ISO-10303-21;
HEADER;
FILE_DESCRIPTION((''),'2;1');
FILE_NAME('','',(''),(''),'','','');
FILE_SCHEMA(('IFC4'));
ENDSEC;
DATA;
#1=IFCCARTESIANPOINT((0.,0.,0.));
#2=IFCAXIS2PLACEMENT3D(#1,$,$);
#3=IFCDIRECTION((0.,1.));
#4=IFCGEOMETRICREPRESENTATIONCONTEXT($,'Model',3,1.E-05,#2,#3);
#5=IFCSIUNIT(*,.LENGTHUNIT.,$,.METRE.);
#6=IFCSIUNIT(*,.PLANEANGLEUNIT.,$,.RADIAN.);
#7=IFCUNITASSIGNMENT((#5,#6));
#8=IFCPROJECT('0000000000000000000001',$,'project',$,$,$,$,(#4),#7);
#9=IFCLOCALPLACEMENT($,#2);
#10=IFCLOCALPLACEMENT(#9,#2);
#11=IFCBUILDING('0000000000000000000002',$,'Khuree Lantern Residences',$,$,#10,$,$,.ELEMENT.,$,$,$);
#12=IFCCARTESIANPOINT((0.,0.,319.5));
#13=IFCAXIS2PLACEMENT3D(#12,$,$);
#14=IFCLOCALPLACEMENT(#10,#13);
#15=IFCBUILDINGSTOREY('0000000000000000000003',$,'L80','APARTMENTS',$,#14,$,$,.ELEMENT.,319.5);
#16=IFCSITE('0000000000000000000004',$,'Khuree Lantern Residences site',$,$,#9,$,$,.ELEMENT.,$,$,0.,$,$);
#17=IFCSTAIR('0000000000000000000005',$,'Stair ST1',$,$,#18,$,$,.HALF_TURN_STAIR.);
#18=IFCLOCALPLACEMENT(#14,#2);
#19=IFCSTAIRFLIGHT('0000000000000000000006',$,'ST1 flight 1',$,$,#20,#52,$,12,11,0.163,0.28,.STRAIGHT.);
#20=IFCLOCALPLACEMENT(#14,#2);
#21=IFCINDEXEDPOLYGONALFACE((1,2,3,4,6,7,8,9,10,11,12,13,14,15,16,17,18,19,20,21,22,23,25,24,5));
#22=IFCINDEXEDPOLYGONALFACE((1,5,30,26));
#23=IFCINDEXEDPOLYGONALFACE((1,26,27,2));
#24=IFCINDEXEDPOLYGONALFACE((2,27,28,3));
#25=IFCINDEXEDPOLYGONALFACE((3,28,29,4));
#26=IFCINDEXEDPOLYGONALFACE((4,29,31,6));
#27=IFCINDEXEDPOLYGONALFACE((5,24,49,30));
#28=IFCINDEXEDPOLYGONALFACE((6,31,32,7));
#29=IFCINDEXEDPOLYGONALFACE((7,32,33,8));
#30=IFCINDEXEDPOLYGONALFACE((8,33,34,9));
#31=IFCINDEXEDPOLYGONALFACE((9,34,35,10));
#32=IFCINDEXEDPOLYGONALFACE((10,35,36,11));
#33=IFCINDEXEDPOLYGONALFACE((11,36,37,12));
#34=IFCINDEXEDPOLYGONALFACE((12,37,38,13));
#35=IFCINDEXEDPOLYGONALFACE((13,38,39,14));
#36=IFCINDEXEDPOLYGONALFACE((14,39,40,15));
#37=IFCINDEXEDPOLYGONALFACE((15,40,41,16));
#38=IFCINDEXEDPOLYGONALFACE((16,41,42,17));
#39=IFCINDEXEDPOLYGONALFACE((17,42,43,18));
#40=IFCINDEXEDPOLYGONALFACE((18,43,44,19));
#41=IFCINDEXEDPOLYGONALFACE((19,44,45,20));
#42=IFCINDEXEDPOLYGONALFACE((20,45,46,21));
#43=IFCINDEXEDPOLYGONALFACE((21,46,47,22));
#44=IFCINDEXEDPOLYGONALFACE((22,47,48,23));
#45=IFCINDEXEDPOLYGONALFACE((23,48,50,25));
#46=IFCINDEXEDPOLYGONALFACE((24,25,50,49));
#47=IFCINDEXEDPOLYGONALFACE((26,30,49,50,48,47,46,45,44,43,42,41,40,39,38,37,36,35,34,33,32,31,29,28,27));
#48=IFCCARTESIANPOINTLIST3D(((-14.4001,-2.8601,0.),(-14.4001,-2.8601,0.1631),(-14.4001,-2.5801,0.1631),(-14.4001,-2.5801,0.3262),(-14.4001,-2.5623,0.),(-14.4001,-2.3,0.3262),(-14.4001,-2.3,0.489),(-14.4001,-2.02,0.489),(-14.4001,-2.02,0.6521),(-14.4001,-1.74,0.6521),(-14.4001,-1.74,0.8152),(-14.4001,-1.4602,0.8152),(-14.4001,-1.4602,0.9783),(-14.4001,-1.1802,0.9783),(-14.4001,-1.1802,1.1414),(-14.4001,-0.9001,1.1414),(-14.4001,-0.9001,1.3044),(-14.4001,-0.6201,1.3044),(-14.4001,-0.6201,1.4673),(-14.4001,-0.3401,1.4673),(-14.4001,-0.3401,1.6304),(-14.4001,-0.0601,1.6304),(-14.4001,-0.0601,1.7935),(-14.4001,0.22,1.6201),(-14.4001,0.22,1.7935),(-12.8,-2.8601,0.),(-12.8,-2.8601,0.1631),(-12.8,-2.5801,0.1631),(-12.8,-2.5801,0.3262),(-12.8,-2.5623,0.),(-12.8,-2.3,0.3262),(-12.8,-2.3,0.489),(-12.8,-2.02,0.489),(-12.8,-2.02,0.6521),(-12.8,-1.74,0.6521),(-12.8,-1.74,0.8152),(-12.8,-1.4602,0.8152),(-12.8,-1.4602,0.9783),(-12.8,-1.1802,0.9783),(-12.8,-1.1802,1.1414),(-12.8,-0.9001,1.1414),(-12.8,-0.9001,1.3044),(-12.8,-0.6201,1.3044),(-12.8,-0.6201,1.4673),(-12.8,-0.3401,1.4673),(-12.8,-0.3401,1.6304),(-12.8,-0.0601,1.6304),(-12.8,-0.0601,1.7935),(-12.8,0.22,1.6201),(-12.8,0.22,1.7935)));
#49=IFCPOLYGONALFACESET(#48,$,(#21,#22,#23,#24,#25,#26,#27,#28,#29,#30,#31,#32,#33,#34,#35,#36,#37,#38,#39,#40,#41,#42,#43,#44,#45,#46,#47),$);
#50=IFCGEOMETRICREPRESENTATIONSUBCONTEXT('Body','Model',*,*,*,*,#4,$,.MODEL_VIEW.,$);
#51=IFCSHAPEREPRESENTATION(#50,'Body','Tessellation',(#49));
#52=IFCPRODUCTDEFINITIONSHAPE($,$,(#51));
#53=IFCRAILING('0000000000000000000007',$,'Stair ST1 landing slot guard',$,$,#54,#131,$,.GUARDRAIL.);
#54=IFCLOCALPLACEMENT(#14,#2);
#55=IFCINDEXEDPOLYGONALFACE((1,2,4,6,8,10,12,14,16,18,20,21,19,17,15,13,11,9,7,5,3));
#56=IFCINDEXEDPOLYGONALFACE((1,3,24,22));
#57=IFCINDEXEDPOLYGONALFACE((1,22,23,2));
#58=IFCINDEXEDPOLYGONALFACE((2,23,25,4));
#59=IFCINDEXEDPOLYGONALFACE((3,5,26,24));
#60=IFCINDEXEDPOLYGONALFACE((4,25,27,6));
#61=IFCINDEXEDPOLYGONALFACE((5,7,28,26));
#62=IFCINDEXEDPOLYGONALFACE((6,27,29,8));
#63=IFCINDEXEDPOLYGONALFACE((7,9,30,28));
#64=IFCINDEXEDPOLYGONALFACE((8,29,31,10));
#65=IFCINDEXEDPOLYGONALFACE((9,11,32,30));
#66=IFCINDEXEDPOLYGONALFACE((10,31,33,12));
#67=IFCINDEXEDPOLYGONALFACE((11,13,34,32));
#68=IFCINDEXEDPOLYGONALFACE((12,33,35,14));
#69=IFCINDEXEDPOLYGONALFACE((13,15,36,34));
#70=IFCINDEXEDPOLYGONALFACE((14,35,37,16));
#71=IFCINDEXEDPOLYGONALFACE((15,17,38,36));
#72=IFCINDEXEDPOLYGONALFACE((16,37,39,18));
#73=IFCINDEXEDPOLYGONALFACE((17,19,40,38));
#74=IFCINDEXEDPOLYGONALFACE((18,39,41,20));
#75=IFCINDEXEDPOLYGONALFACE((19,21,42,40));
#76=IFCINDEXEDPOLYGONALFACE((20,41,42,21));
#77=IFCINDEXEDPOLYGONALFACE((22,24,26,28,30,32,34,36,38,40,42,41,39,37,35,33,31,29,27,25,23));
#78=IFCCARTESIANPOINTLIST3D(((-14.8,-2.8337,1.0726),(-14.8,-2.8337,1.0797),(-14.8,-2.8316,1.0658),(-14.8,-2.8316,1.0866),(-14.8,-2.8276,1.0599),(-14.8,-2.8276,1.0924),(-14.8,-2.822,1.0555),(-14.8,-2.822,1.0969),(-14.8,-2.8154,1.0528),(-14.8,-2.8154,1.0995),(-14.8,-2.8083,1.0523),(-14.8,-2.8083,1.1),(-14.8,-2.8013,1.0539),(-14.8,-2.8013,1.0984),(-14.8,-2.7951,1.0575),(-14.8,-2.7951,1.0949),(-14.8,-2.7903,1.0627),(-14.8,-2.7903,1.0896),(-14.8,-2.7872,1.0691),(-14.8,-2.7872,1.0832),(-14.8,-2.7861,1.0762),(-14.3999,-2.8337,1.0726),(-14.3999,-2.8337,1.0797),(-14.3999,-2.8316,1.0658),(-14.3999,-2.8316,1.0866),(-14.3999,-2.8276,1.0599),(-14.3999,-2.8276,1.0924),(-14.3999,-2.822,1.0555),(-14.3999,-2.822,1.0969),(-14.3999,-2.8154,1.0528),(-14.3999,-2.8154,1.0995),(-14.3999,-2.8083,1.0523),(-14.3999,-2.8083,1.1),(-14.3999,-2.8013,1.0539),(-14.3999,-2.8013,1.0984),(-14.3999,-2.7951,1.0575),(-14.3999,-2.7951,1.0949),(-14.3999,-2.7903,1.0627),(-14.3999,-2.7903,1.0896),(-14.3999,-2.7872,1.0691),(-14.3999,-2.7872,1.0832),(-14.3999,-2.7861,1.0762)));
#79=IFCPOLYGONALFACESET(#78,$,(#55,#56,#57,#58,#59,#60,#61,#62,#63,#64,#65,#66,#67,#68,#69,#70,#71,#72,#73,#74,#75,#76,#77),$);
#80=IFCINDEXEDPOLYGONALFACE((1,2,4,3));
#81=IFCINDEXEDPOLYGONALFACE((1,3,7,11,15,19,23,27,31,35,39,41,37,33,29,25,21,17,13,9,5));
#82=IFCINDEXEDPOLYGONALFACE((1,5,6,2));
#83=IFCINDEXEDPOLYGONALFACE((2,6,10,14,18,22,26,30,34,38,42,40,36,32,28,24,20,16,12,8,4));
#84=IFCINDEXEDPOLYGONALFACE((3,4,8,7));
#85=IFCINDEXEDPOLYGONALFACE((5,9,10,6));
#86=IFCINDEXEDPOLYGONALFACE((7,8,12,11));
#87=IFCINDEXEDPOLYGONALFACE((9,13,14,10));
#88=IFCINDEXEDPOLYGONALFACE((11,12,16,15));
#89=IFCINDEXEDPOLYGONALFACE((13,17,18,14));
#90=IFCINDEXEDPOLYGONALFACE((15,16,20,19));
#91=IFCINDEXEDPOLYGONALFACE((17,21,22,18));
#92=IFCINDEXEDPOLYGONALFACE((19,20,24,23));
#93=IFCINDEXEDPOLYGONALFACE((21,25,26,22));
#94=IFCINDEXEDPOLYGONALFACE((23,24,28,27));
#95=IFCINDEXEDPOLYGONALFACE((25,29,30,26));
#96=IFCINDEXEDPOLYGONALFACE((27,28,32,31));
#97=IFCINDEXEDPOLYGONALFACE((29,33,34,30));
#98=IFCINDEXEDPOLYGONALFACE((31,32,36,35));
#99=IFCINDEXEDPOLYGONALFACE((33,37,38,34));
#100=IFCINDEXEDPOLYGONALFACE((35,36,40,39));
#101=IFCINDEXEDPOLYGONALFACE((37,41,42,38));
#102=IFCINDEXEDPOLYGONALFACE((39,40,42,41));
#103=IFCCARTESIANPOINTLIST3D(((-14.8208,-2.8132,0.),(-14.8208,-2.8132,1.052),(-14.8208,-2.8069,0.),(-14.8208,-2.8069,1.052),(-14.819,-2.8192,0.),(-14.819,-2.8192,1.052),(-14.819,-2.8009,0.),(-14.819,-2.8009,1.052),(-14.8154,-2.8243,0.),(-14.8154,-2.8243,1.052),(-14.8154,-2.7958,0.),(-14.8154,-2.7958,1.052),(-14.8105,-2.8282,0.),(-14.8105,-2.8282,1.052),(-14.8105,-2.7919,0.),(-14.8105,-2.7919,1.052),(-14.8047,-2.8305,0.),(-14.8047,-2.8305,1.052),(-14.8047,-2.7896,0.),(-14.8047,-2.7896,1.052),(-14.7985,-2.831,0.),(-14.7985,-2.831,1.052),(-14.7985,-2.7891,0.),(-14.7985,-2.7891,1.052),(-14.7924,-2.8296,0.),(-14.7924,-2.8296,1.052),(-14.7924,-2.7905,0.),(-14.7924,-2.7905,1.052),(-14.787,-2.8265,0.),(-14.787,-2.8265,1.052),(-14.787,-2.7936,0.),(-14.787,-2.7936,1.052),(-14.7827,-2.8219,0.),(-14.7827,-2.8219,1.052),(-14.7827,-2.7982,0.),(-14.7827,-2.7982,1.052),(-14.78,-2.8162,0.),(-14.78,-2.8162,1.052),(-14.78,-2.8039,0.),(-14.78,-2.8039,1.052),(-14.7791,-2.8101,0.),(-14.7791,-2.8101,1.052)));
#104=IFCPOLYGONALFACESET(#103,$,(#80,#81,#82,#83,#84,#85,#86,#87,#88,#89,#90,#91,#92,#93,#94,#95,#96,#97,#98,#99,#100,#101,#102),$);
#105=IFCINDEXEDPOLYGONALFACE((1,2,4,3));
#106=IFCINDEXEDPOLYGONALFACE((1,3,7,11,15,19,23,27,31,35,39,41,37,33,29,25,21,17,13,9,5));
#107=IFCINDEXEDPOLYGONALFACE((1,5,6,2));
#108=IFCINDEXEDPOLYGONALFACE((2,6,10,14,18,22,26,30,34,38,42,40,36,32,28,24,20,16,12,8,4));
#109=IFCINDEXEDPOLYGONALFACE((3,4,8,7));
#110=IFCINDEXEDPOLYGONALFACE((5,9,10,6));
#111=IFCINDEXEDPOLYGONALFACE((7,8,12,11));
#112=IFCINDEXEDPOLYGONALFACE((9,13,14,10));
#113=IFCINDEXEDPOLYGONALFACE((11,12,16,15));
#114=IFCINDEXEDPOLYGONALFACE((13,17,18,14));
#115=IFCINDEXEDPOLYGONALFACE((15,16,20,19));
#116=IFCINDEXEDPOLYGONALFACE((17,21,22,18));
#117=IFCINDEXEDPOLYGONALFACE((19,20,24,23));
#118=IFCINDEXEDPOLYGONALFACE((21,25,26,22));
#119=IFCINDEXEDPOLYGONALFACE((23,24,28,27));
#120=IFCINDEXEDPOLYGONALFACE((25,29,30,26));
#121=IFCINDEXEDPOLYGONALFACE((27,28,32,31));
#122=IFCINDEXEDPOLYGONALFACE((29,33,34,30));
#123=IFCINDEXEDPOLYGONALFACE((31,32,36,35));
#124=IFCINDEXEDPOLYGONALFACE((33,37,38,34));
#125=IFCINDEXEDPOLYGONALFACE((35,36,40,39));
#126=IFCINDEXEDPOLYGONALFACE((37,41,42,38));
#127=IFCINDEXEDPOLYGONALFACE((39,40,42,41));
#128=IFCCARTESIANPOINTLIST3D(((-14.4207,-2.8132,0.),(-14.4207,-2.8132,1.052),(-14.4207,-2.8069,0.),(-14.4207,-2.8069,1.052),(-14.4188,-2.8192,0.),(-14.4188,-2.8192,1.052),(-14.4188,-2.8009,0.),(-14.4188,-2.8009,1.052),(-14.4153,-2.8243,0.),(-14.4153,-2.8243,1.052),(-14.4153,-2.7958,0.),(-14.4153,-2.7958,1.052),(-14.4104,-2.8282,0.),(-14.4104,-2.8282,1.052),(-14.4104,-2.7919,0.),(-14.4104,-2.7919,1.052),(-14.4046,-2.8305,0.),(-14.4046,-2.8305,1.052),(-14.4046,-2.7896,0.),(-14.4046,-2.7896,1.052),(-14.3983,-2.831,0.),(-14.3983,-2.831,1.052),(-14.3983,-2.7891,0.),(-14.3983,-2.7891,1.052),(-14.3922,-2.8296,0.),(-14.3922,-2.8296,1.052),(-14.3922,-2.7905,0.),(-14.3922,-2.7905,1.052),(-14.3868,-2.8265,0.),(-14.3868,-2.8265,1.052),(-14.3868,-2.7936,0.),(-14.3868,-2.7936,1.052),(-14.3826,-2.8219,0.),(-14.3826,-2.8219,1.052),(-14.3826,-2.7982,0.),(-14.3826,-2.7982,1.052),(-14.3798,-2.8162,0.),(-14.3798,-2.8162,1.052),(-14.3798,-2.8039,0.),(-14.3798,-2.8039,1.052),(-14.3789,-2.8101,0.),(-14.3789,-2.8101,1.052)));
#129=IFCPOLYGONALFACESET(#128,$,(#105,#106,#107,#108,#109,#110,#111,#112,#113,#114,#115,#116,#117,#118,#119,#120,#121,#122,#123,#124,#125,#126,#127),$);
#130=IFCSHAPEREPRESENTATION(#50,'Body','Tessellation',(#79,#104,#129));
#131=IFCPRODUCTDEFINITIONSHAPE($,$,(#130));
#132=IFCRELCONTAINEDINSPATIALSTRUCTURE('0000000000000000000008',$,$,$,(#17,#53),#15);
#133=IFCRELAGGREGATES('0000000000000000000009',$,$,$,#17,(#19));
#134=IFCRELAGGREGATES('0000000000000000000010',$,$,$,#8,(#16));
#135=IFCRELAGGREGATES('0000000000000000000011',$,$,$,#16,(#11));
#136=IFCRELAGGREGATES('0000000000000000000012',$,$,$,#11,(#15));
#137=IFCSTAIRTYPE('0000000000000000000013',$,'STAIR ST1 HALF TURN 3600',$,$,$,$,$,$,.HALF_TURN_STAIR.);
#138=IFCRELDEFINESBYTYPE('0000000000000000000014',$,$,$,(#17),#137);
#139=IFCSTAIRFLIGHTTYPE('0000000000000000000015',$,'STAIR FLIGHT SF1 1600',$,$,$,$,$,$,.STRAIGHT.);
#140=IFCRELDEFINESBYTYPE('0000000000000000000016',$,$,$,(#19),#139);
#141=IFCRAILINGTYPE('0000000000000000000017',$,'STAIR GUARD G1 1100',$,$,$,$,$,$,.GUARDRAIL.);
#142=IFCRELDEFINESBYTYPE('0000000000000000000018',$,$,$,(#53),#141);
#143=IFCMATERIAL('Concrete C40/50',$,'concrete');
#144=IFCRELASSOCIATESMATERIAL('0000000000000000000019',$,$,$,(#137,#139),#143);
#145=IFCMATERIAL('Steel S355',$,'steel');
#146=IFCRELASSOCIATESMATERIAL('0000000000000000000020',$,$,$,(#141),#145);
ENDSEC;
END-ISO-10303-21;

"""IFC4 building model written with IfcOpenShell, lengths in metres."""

from ifc_helpers import new_model, si_unit, direction, frame, origin, origin_2d, place, context, subcontext, project, spatial, polyline, circle, outline, extrude, material, type_object, element, aggregate, save


model = new_model("IFC4")

# Units and contexts
model_context = context("Model", 3, precision=1e-05, world=origin(), true_north=direction((0.0, 1.0)))
body_context = subcontext(model_context, "Body", "Model", "MODEL_VIEW")
ifc_project = project(units=[si_unit("LENGTHUNIT", "METRE"), si_unit("PLANEANGLEUNIT", "RADIAN")], contexts=[model_context])

# Site, building, storey
site_placement = place(None, origin())
site = spatial("IfcSite", under=ifc_project, at=site_placement, Name="Khuree Lantern Residences site", CompositionType="ELEMENT", RefElevation=0.0)
building_placement = place(site_placement, origin())
building = spatial("IfcBuilding", under=site, at=building_placement, Name="Khuree Lantern Residences", CompositionType="ELEMENT")
storey_placement = place(building_placement, frame((0.0, 0.0, 319.5)))
storey = spatial("IfcBuildingStorey", under=building, at=storey_placement, Name="L80", Description="APARTMENTS", CompositionType="ELEMENT", Elevation=319.5)

# Stair, stair flight
ifc_material_1 = material(Name="Concrete C40/50", Category="concrete")
stair_type = type_object("IfcStairType", Name="STAIR ST1 HALF TURN 3600", PredefinedType="HALF_TURN_STAIR", material=ifc_material_1)
stair_placement = place(storey_placement, origin())
stair = element("IfcStair", 1, at=stair_placement, inside=storey, type_object=stair_type, Name="Stair ST1", PredefinedType="HALF_TURN_STAIR")
stair_flight_type = type_object("IfcStairFlightType", Name="STAIR FLIGHT SF1 1600", PredefinedType="STRAIGHT", material=ifc_material_1)
stair_flight_placement = place(storey_placement, frame((-13.6001, -2.8601, 0.0), z_axis=(0.0, 0.0, 1.0), x_axis=(0.0, 1.0, 0.0)))
stair_flight = element("IfcStairFlight", 2, at=stair_flight_placement, type_object=stair_flight_type, Name="ST1 flight 1", NumberOfRisers=12, NumberOfTreads=11, PredefinedType="STRAIGHT", RiserHeight=0.163, TreadLength=0.28, context=body_context, shape_type="SweptSolid", body=[
    extrude(outline(polyline([(0.0, 0.0), (0.0, 0.1631), (0.28, 0.1631), (0.28, 0.3262), (0.5601, 0.3262), (0.5601, 0.489), (0.8401, 0.489), (0.8401, 0.6521), (1.1201, 0.6521), (1.1201, 0.8152), (1.3999, 0.8152), (1.3999, 0.9783), (1.6799, 0.9783), (1.6799, 1.1414), (1.96, 1.1414), (1.96, 1.3044), (2.24, 1.3044), (2.24, 1.4673), (2.52, 1.4673), (2.52, 1.6304), (2.8, 1.6304), (2.8, 1.7935), (3.0801, 1.7935), (3.0801, 1.9565), (3.0801, 1.6201), (0.2979, 0.0), (0.0, 0.0)])), frame((0.0, 0.8, 0.0), z_axis=(0.0, -1.0, 0.0), x_axis=(1.0, 0.0, 0.0)), (0.0, 0.0, 1.0), 1.6001),
])
aggregate(stair, [stair_flight])

# Railing
ifc_material_2 = material(Name="Steel S355", Category="steel")
railing_type_1 = type_object("IfcRailingType", Name="STAIR GUARD G1 1100", PredefinedType="GUARDRAIL", material=ifc_material_2)
railing_1_placement = place(storey_placement, frame((-14.8, -2.8101, 0.0)))
element("IfcRailing", 3, at=railing_1_placement, inside=storey, type_object=railing_type_1, Name="Stair ST1 landing slot guard", PredefinedType="GUARDRAIL", context=body_context, shape_type="SweptSolid", body=[
    extrude(circle(Radius=0.0239, at=origin_2d()), frame((0.0, 0.0, 1.0762), z_axis=(1.0, 0.0, 0.0), x_axis=(0.0, 1.0, 0.0)), (0.0, 0.0, 1.0), 0.4001),
    extrude(circle(Radius=0.021, at=origin_2d()), origin(), (0.0, 0.0, 1.0), 1.052),
    extrude(circle(Radius=0.021, at=origin_2d()), frame((0.4001, 0.0, 0.0)), (0.0, 0.0, 1.0), 1.052),
])

save(model, "model.ifc")
